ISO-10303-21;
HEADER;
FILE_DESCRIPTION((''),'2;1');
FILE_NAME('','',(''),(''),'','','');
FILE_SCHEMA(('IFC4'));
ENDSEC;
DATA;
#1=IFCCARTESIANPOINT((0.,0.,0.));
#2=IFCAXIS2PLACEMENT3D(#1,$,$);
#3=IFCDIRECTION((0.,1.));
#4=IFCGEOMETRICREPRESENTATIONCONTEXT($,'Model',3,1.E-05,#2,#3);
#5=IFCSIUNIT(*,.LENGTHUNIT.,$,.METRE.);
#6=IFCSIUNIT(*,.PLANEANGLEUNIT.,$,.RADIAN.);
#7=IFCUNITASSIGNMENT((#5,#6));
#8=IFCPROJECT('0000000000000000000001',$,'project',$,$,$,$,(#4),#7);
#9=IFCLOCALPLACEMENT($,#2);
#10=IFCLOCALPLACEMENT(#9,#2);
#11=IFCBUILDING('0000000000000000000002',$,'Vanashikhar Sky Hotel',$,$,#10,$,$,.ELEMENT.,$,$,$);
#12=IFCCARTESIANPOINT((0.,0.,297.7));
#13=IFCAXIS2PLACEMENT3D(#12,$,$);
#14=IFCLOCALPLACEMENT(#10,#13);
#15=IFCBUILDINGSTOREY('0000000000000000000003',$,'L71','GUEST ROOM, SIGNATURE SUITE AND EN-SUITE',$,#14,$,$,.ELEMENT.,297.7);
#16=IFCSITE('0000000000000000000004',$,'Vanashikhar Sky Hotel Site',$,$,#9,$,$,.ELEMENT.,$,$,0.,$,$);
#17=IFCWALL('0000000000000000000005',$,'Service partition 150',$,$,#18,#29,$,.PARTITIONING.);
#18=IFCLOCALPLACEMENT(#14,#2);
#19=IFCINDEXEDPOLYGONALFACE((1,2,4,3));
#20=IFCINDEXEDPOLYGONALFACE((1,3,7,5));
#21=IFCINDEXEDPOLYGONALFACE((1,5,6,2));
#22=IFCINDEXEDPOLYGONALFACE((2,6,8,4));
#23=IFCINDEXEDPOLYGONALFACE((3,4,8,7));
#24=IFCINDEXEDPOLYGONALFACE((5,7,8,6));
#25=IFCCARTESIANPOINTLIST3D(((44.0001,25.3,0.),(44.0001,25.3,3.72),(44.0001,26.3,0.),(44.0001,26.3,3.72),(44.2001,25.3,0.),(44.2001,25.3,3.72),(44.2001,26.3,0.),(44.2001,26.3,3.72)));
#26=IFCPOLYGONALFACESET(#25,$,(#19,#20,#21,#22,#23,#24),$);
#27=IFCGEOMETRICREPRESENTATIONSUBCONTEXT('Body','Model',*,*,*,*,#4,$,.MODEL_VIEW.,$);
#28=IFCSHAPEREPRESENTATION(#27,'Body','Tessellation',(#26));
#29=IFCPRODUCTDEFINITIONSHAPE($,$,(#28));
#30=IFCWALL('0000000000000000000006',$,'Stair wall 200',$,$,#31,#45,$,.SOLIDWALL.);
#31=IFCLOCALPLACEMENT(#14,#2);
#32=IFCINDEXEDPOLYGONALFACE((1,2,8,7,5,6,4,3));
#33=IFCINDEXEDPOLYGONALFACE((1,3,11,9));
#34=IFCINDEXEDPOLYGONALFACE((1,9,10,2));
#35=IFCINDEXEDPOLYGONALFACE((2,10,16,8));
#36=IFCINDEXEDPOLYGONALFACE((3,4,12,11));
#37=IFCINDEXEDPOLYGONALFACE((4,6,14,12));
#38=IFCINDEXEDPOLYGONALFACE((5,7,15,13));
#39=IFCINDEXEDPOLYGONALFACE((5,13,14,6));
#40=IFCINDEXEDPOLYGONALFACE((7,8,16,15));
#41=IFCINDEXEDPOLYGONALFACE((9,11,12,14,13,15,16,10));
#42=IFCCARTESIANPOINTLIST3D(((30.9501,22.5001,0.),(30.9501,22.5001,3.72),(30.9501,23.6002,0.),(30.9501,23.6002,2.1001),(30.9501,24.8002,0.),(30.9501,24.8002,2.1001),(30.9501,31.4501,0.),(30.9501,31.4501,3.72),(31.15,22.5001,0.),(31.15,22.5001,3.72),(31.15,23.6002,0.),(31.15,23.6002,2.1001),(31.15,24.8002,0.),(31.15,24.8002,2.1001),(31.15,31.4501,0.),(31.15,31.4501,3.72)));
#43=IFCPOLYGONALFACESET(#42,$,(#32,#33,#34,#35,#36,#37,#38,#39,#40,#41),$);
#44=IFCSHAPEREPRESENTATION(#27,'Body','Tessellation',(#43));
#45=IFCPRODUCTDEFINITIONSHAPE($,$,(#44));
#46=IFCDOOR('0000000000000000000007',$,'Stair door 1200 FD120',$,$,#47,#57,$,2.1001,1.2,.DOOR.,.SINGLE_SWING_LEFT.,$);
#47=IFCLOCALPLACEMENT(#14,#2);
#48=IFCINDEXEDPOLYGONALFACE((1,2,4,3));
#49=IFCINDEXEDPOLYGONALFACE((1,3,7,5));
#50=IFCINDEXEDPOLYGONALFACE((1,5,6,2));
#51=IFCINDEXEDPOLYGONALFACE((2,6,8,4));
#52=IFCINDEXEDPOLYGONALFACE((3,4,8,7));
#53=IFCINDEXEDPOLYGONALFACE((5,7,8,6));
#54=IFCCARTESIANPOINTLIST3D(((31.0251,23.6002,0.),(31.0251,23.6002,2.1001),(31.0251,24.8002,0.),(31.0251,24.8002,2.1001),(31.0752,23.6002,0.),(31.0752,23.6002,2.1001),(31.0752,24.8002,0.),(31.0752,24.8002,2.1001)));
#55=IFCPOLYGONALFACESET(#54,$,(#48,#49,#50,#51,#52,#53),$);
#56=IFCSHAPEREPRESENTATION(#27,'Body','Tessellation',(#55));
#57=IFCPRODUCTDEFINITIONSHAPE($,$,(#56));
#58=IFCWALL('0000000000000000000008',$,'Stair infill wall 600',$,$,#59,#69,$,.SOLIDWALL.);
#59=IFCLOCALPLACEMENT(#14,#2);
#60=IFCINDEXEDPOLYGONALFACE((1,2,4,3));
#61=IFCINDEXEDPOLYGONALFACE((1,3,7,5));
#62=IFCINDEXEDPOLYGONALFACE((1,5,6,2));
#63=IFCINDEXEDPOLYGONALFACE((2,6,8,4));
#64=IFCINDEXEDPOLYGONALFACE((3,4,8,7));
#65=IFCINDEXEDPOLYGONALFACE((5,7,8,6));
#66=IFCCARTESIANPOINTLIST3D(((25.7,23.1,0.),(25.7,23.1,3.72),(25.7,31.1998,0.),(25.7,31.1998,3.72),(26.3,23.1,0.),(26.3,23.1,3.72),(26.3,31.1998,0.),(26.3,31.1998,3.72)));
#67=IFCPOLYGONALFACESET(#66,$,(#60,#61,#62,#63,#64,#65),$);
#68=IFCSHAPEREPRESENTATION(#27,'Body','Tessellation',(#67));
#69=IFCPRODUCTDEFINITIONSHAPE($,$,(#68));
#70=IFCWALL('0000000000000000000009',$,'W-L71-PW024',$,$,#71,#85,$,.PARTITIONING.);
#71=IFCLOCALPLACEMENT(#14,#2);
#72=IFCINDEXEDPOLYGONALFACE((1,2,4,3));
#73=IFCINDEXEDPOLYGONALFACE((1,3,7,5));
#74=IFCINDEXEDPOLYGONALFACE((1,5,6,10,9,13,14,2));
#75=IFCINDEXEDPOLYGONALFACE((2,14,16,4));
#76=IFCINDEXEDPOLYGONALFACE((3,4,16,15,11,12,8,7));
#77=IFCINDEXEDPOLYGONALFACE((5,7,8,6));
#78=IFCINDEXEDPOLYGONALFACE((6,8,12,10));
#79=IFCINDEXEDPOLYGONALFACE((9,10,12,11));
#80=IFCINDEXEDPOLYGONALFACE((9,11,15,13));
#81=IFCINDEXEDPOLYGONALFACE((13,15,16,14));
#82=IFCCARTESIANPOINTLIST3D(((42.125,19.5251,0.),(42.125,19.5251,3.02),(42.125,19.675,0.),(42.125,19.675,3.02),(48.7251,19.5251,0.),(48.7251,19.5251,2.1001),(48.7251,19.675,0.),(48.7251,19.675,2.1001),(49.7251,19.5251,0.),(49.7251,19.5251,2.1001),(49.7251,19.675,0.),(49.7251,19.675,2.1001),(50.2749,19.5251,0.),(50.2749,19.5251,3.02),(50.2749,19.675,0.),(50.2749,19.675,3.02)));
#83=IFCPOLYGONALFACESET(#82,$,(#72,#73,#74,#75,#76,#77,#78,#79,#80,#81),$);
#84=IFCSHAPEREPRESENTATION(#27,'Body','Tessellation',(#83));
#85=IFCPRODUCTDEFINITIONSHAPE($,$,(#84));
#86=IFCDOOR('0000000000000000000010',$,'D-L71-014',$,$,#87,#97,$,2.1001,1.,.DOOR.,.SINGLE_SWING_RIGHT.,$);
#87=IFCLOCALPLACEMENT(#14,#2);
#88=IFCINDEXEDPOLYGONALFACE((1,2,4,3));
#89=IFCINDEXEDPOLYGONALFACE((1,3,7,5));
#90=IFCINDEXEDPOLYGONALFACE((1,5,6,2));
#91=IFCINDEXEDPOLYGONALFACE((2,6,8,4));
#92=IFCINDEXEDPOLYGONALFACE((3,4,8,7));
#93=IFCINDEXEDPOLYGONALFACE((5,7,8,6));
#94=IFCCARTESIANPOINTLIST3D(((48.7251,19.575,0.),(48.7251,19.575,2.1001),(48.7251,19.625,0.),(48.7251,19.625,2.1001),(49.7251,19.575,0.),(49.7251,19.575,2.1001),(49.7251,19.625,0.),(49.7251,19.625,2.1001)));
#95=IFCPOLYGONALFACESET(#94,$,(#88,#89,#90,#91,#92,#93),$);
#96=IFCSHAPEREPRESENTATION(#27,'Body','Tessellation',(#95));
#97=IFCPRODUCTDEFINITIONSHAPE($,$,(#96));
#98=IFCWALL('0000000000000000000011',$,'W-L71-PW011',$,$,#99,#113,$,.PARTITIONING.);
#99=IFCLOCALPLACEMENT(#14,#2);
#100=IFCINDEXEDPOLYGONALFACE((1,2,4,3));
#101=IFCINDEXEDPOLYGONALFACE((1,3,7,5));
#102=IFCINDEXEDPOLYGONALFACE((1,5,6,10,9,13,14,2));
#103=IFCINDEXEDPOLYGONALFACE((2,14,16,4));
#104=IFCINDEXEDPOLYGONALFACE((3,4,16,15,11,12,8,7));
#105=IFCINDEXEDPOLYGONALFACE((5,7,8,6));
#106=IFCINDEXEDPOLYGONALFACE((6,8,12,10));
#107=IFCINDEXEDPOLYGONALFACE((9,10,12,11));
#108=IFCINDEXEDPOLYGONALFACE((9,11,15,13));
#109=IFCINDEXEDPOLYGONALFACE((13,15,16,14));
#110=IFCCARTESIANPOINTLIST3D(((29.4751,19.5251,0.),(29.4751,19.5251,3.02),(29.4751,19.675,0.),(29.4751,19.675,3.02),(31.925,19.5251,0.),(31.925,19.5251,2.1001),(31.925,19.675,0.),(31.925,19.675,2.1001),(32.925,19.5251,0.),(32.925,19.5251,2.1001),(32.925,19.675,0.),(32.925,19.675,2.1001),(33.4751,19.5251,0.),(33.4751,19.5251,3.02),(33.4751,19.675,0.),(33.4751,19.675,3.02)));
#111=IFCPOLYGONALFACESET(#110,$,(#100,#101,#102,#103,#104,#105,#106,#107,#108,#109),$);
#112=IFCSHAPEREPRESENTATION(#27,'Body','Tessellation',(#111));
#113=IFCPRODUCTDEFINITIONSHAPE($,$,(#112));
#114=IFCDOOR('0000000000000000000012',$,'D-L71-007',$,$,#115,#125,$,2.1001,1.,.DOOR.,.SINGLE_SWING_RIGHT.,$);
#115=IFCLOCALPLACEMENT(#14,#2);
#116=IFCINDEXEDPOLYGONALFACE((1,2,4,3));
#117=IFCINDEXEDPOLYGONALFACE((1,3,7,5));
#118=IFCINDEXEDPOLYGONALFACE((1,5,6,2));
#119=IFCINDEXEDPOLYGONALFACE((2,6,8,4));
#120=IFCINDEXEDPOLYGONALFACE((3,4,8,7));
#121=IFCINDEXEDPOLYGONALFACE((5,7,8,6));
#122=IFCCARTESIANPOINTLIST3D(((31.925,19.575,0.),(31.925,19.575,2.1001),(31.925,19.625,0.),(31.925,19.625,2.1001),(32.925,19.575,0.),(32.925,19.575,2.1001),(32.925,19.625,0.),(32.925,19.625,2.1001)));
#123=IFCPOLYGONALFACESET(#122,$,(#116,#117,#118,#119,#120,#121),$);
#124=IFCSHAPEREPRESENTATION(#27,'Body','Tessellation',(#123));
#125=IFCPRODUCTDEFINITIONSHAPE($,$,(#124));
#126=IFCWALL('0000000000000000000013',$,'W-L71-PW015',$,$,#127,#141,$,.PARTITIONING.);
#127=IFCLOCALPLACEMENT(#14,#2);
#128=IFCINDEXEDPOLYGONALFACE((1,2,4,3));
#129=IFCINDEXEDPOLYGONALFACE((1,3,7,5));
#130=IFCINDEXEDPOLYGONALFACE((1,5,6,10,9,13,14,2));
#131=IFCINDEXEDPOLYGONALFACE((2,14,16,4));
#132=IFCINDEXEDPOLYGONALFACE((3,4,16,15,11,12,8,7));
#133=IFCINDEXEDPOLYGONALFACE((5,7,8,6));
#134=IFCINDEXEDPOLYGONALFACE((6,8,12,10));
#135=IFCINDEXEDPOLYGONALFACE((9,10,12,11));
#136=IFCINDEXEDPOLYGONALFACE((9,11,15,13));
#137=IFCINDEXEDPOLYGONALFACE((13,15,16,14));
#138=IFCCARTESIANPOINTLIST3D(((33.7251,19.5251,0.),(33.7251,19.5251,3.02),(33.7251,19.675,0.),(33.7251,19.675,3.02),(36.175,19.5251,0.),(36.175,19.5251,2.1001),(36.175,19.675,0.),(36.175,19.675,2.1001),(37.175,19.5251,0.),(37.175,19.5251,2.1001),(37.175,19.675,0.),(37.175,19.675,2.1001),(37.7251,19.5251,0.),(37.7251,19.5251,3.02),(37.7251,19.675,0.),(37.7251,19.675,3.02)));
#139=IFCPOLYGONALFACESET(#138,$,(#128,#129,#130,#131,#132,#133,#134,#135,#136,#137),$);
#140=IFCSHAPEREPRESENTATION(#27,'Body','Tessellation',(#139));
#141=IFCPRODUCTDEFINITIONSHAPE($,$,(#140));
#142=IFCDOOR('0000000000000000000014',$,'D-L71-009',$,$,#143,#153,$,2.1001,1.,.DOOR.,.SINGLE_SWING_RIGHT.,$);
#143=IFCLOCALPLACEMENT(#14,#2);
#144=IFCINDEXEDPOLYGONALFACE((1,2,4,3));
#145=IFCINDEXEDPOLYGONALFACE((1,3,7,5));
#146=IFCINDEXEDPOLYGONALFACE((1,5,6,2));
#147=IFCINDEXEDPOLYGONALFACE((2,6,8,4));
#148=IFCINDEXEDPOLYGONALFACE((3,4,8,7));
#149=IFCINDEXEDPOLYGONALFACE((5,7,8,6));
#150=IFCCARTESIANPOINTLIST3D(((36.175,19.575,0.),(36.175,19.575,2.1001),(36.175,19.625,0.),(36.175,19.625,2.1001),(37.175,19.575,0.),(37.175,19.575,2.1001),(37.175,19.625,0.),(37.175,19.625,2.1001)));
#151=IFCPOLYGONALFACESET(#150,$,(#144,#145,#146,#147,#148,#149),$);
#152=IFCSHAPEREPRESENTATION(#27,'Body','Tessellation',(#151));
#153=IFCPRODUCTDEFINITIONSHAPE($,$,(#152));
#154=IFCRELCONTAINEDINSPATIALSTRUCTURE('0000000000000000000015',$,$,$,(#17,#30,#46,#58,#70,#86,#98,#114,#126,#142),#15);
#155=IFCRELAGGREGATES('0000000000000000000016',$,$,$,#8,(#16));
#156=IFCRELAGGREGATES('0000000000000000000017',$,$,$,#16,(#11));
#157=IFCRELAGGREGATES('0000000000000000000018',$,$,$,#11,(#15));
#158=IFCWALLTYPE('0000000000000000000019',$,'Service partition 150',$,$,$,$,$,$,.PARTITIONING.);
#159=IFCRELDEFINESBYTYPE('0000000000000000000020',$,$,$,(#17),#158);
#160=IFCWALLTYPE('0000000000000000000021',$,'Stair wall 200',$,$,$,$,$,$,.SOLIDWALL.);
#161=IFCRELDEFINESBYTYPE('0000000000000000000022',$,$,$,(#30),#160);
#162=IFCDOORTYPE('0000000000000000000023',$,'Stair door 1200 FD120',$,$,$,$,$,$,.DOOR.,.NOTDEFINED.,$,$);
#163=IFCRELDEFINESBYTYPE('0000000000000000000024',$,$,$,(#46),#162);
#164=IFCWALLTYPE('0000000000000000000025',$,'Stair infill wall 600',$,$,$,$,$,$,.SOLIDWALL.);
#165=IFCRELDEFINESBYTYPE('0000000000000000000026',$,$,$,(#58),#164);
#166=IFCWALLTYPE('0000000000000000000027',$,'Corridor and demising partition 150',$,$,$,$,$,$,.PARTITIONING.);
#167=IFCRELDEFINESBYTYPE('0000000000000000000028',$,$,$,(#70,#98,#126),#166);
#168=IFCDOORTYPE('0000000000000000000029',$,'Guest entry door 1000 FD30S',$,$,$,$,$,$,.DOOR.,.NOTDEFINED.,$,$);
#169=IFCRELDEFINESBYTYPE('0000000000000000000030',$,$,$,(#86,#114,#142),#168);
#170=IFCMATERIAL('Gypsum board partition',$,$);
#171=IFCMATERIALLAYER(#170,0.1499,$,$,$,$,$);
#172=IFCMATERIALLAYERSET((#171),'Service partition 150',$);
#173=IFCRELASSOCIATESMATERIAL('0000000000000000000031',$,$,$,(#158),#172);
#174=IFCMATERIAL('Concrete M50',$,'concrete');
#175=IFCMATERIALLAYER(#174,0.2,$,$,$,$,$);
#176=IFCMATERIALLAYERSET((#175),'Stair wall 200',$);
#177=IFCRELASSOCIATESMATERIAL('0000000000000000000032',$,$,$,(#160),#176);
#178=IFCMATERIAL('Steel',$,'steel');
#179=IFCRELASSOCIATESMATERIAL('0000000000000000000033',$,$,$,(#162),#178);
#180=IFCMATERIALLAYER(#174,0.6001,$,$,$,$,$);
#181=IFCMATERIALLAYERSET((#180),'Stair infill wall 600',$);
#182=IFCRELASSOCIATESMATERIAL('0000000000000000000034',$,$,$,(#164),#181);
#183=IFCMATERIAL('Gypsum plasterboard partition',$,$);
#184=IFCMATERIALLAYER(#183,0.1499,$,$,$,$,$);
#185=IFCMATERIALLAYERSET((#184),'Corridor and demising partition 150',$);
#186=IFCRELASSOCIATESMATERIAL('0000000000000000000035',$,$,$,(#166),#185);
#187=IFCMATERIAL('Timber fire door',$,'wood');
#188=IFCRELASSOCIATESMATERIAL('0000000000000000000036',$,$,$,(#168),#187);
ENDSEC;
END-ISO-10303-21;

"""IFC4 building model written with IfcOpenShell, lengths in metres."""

from ifc_helpers import new_model, si_unit, direction, frame, frame_2d, origin, place, context, subcontext, project, spatial, rectangle, extrude, source, transform, mapped, material, layer, layer_set, type_object, element, fill, save


model = new_model("IFC4")

# Units and contexts
model_context = context("Model", 3, precision=1e-05, world=origin(), true_north=direction((0.0, 1.0)))
body_context = subcontext(model_context, "Body", "Model", "MODEL_VIEW")
ifc_project = project(units=[si_unit("LENGTHUNIT", "METRE"), si_unit("PLANEANGLEUNIT", "RADIAN")], contexts=[model_context])

# Site, building, storey
site_placement = place(None, origin())
site = spatial("IfcSite", under=ifc_project, at=site_placement, Name="Vanashikhar Sky Hotel Site", CompositionType="ELEMENT", RefElevation=0.0)
building_placement = place(site_placement, origin())
building = spatial("IfcBuilding", under=site, at=building_placement, Name="Vanashikhar Sky Hotel", CompositionType="ELEMENT")
storey_placement = place(building_placement, frame((0.0, 0.0, 297.7)))
storey = spatial("IfcBuildingStorey", under=building, at=storey_placement, Name="L71", Description="GUEST ROOM, SIGNATURE SUITE AND EN-SUITE", CompositionType="ELEMENT", Elevation=297.7)

# Shared definitions
ifc_material_1 = material(Name="Concrete M50", Category="concrete")
ifc_material_2 = material(Name="Steel", Category="steel")

# Shared definitions
ifc_material_3 = material(Name="Gypsum board partition")
ifc_layer_1 = layer(ifc_material_3, 0.1499)
ifc_layer_set_1 = layer_set([ifc_layer_1], Name="Service partition 150")
wall_type_1 = type_object("IfcWallType", Name="Service partition 150", PredefinedType="PARTITIONING", material=ifc_layer_set_1)

# Wall
shared_shape_1 = source(origin(), body_context, "Body", "SweptSolid", [
    extrude(rectangle(XDim=1.0, YDim=0.2, at=frame_2d((0.5, 0.0))), origin(), (0.0, 0.0, 1.0), 3.72),
])
wall_1_placement = place(storey_placement, frame((44.1001, 25.3, 0.0), z_axis=(0.0, 0.0, 1.0), x_axis=(0.0, 1.0, 0.0)))
element("IfcWall", 1, at=wall_1_placement, inside=storey, type_object=wall_type_1, Name="Service partition 150", PredefinedType="PARTITIONING", context=body_context, shape_type="MappedRepresentation", body=[
    mapped(shared_shape_1, transform((0.0, 0.0, 0.0), scale=1.0)),
])

# Wall, opening, door
ifc_layer_2 = layer(ifc_material_1, 0.2)
ifc_layer_set_2 = layer_set([ifc_layer_2], Name="Stair wall 200")
wall_type_2 = type_object("IfcWallType", Name="Stair wall 200", PredefinedType="SOLIDWALL", material=ifc_layer_set_2)
shared_shape_2 = source(origin(), body_context, "Body", "SweptSolid", [
    extrude(rectangle(XDim=8.95, YDim=0.2, at=frame_2d((4.4751, 0.0))), origin(), (0.0, 0.0, 1.0), 3.72),
])
wall_2_placement = place(storey_placement, frame((31.05, 22.5, 0.0), z_axis=(0.0, 0.0, 1.0), x_axis=(0.0, 1.0, 0.0)))
wall_2 = element("IfcWall", 2, at=wall_2_placement, inside=storey, type_object=wall_type_2, Name="Stair wall 200", PredefinedType="SOLIDWALL", context=body_context, shape_type="MappedRepresentation", body=[
    mapped(shared_shape_2, transform((0.0, 0.0, 0.0), scale=1.0)),
])
shared_shape_3 = source(origin(), body_context, "Body", "SweptSolid", [
    extrude(rectangle(XDim=1.2, YDim=2.1001, at=frame_2d((0.6001, 1.05))), frame((0.0, 0.1099, 0.0), z_axis=(0.0, -1.0, 0.0), x_axis=(1.0, 0.0, 0.0)), (0.0, 0.0, 1.0), 0.22),
])
opening_1_placement = place(wall_2_placement, frame((1.1001, 0.0, 0.0)))
opening_1 = element("IfcOpeningElement", 3, at=opening_1_placement, cuts=wall_2, PredefinedType="OPENING", context=body_context, shape_type="MappedRepresentation", body=[
    mapped(shared_shape_3, transform((0.0, 0.0, 0.0), scale=1.0)),
])
door_type_1 = type_object("IfcDoorType", Name="Stair door 1200 FD120", OperationType="NOTDEFINED", PredefinedType="DOOR", material=ifc_material_2)
shared_shape_4 = source(origin(), body_context, "Body", "SweptSolid", [
    extrude(rectangle(XDim=1.2, YDim=2.1001, at=frame_2d((0.6001, 1.05))), frame((0.0, 0.0249, 0.0), z_axis=(0.0, -1.0, 0.0), x_axis=(1.0, 0.0, 0.0)), (0.0, 0.0, 1.0), 0.05),
])
door_1_placement = place(opening_1_placement, origin())
door_1 = element("IfcDoor", 4, at=door_1_placement, inside=storey, type_object=door_type_1, Name="Stair door 1200 FD120", OperationType="SINGLE_SWING_LEFT", OverallHeight=2.1001, OverallWidth=1.2, PredefinedType="DOOR", context=body_context, shape_type="MappedRepresentation", body=[
    mapped(shared_shape_4, transform((0.0, 0.0, 0.0), scale=1.0)),
])
fill(opening_1, door_1)

# Wall
ifc_layer_3 = layer(ifc_material_1, 0.6001)
ifc_layer_set_3 = layer_set([ifc_layer_3], Name="Stair infill wall 600")
wall_type_3 = type_object("IfcWallType", Name="Stair infill wall 600", PredefinedType="SOLIDWALL", material=ifc_layer_set_3)
shared_shape_5 = source(origin(), body_context, "Body", "SweptSolid", [
    extrude(rectangle(XDim=8.0999, YDim=0.6001, at=frame_2d((4.0498, 0.0))), origin(), (0.0, 0.0, 1.0), 3.72),
])
wall_3_placement = place(storey_placement, frame((26.0, 23.1001, 0.0), z_axis=(0.0, 0.0, 1.0), x_axis=(0.0, 1.0, 0.0)))
element("IfcWall", 5, at=wall_3_placement, inside=storey, type_object=wall_type_3, Name="Stair infill wall 600", PredefinedType="SOLIDWALL", context=body_context, shape_type="MappedRepresentation", body=[
    mapped(shared_shape_5, transform((0.0, 0.0, 0.0), scale=1.0)),
])

# Walls, openings, doors
ifc_material_4 = material(Name="Gypsum plasterboard partition")
ifc_layer_4 = layer(ifc_material_4, 0.1499)
ifc_layer_set_4 = layer_set([ifc_layer_4], Name="Corridor and demising partition 150")
wall_type_4 = type_object("IfcWallType", Name="Corridor and demising partition 150", PredefinedType="PARTITIONING", material=ifc_layer_set_4)
shared_shape_6 = source(origin(), body_context, "Body", "SweptSolid", [
    extrude(rectangle(XDim=8.1499, YDim=0.1499, at=frame_2d((4.075, 0.0))), origin(), (0.0, 0.0, 1.0), 3.02),
])
wall_4_placement = place(storey_placement, frame((42.125, 19.6001, 0.0), z_axis=(0.0, 0.0, 1.0), x_axis=(1.0, 0.0, 0.0)))
wall_4 = element("IfcWall", 6, at=wall_4_placement, inside=storey, type_object=wall_type_4, Name="W-L71-PW024", PredefinedType="PARTITIONING", context=body_context, shape_type="MappedRepresentation", body=[
    mapped(shared_shape_6, transform((0.0, 0.0, 0.0), scale=1.0)),
])
shared_shape_7 = source(origin(), body_context, "Body", "SweptSolid", [
    extrude(rectangle(XDim=1.0, YDim=2.1001, at=frame_2d((0.5, 1.05))), frame((0.0, 0.085, 0.0), z_axis=(0.0, -1.0, 0.0), x_axis=(1.0, 0.0, 0.0)), (0.0, 0.0, 1.0), 0.1699),
])
opening_2_placement = place(wall_4_placement, frame((6.6001, 0.0, 0.0)))
opening_2 = element("IfcOpeningElement", 7, at=opening_2_placement, cuts=wall_4, PredefinedType="OPENING", context=body_context, shape_type="MappedRepresentation", body=[
    mapped(shared_shape_7, transform((0.0, 0.0, 0.0), scale=1.0)),
])
ifc_material_5 = material(Name="Timber fire door", Category="wood")
door_type_2 = type_object("IfcDoorType", Name="Guest entry door 1000 FD30S", OperationType="NOTDEFINED", PredefinedType="DOOR", material=ifc_material_5)
shared_shape_8 = source(origin(), body_context, "Body", "SweptSolid", [
    extrude(rectangle(XDim=1.0, YDim=2.1001, at=frame_2d((0.5, 1.05))), frame((0.0, 0.0249, 0.0), z_axis=(0.0, -1.0, 0.0), x_axis=(1.0, 0.0, 0.0)), (0.0, 0.0, 1.0), 0.05),
])
door_2_placement = place(opening_2_placement, origin())
door_2 = element("IfcDoor", 8, at=door_2_placement, inside=storey, type_object=door_type_2, Name="D-L71-014", OperationType="SINGLE_SWING_RIGHT", OverallHeight=2.1001, OverallWidth=1.0, PredefinedType="DOOR", context=body_context, shape_type="MappedRepresentation", body=[
    mapped(shared_shape_8, transform((0.0, 0.0, 0.0), scale=1.0)),
])
fill(opening_2, door_2)
shared_shape_9 = source(origin(), body_context, "Body", "SweptSolid", [
    extrude(rectangle(XDim=4.0, YDim=0.1499, at=frame_2d((2.0, 0.0))), origin(), (0.0, 0.0, 1.0), 3.02),
])
wall_5_placement = place(storey_placement, frame((29.4751, 19.6001, 0.0), z_axis=(0.0, 0.0, 1.0), x_axis=(1.0, 0.0, 0.0)))
wall_5 = element("IfcWall", 9, at=wall_5_placement, inside=storey, type_object=wall_type_4, Name="W-L71-PW011", PredefinedType="PARTITIONING", context=body_context, shape_type="MappedRepresentation", body=[
    mapped(shared_shape_9, transform((0.0, 0.0, 0.0), scale=1.0)),
])
opening_3_placement = place(wall_5_placement, frame((2.45, 0.0, 0.0)))
opening_3 = element("IfcOpeningElement", 10, at=opening_3_placement, cuts=wall_5, PredefinedType="OPENING", context=body_context, shape_type="MappedRepresentation", body=[
    mapped(shared_shape_7, transform((0.0, 0.0, 0.0), scale=1.0)),
])
door_3_placement = place(opening_3_placement, origin())
door_3 = element("IfcDoor", 11, at=door_3_placement, inside=storey, type_object=door_type_2, Name="D-L71-007", OperationType="SINGLE_SWING_RIGHT", OverallHeight=2.1001, OverallWidth=1.0, PredefinedType="DOOR", context=body_context, shape_type="MappedRepresentation", body=[
    mapped(shared_shape_8, transform((0.0, 0.0, 0.0), scale=1.0)),
])
fill(opening_3, door_3)
wall_6_placement = place(storey_placement, frame((33.7251, 19.6001, 0.0), z_axis=(0.0, 0.0, 1.0), x_axis=(1.0, 0.0, 0.0)))
wall_6 = element("IfcWall", 12, at=wall_6_placement, inside=storey, type_object=wall_type_4, Name="W-L71-PW015", PredefinedType="PARTITIONING", context=body_context, shape_type="MappedRepresentation", body=[
    mapped(shared_shape_9, transform((0.0, 0.0, 0.0), scale=1.0)),
])
opening_4_placement = place(wall_6_placement, frame((2.45, 0.0, 0.0)))
opening_4 = element("IfcOpeningElement", 13, at=opening_4_placement, cuts=wall_6, PredefinedType="OPENING", context=body_context, shape_type="MappedRepresentation", body=[
    mapped(shared_shape_7, transform((0.0, 0.0, 0.0), scale=1.0)),
])
door_4_placement = place(opening_4_placement, origin())
door_4 = element("IfcDoor", 14, at=door_4_placement, inside=storey, type_object=door_type_2, Name="D-L71-009", OperationType="SINGLE_SWING_RIGHT", OverallHeight=2.1001, OverallWidth=1.0, PredefinedType="DOOR", context=body_context, shape_type="MappedRepresentation", body=[
    mapped(shared_shape_8, transform((0.0, 0.0, 0.0), scale=1.0)),
])
fill(opening_4, door_4)

save(model, "model.ifc")
